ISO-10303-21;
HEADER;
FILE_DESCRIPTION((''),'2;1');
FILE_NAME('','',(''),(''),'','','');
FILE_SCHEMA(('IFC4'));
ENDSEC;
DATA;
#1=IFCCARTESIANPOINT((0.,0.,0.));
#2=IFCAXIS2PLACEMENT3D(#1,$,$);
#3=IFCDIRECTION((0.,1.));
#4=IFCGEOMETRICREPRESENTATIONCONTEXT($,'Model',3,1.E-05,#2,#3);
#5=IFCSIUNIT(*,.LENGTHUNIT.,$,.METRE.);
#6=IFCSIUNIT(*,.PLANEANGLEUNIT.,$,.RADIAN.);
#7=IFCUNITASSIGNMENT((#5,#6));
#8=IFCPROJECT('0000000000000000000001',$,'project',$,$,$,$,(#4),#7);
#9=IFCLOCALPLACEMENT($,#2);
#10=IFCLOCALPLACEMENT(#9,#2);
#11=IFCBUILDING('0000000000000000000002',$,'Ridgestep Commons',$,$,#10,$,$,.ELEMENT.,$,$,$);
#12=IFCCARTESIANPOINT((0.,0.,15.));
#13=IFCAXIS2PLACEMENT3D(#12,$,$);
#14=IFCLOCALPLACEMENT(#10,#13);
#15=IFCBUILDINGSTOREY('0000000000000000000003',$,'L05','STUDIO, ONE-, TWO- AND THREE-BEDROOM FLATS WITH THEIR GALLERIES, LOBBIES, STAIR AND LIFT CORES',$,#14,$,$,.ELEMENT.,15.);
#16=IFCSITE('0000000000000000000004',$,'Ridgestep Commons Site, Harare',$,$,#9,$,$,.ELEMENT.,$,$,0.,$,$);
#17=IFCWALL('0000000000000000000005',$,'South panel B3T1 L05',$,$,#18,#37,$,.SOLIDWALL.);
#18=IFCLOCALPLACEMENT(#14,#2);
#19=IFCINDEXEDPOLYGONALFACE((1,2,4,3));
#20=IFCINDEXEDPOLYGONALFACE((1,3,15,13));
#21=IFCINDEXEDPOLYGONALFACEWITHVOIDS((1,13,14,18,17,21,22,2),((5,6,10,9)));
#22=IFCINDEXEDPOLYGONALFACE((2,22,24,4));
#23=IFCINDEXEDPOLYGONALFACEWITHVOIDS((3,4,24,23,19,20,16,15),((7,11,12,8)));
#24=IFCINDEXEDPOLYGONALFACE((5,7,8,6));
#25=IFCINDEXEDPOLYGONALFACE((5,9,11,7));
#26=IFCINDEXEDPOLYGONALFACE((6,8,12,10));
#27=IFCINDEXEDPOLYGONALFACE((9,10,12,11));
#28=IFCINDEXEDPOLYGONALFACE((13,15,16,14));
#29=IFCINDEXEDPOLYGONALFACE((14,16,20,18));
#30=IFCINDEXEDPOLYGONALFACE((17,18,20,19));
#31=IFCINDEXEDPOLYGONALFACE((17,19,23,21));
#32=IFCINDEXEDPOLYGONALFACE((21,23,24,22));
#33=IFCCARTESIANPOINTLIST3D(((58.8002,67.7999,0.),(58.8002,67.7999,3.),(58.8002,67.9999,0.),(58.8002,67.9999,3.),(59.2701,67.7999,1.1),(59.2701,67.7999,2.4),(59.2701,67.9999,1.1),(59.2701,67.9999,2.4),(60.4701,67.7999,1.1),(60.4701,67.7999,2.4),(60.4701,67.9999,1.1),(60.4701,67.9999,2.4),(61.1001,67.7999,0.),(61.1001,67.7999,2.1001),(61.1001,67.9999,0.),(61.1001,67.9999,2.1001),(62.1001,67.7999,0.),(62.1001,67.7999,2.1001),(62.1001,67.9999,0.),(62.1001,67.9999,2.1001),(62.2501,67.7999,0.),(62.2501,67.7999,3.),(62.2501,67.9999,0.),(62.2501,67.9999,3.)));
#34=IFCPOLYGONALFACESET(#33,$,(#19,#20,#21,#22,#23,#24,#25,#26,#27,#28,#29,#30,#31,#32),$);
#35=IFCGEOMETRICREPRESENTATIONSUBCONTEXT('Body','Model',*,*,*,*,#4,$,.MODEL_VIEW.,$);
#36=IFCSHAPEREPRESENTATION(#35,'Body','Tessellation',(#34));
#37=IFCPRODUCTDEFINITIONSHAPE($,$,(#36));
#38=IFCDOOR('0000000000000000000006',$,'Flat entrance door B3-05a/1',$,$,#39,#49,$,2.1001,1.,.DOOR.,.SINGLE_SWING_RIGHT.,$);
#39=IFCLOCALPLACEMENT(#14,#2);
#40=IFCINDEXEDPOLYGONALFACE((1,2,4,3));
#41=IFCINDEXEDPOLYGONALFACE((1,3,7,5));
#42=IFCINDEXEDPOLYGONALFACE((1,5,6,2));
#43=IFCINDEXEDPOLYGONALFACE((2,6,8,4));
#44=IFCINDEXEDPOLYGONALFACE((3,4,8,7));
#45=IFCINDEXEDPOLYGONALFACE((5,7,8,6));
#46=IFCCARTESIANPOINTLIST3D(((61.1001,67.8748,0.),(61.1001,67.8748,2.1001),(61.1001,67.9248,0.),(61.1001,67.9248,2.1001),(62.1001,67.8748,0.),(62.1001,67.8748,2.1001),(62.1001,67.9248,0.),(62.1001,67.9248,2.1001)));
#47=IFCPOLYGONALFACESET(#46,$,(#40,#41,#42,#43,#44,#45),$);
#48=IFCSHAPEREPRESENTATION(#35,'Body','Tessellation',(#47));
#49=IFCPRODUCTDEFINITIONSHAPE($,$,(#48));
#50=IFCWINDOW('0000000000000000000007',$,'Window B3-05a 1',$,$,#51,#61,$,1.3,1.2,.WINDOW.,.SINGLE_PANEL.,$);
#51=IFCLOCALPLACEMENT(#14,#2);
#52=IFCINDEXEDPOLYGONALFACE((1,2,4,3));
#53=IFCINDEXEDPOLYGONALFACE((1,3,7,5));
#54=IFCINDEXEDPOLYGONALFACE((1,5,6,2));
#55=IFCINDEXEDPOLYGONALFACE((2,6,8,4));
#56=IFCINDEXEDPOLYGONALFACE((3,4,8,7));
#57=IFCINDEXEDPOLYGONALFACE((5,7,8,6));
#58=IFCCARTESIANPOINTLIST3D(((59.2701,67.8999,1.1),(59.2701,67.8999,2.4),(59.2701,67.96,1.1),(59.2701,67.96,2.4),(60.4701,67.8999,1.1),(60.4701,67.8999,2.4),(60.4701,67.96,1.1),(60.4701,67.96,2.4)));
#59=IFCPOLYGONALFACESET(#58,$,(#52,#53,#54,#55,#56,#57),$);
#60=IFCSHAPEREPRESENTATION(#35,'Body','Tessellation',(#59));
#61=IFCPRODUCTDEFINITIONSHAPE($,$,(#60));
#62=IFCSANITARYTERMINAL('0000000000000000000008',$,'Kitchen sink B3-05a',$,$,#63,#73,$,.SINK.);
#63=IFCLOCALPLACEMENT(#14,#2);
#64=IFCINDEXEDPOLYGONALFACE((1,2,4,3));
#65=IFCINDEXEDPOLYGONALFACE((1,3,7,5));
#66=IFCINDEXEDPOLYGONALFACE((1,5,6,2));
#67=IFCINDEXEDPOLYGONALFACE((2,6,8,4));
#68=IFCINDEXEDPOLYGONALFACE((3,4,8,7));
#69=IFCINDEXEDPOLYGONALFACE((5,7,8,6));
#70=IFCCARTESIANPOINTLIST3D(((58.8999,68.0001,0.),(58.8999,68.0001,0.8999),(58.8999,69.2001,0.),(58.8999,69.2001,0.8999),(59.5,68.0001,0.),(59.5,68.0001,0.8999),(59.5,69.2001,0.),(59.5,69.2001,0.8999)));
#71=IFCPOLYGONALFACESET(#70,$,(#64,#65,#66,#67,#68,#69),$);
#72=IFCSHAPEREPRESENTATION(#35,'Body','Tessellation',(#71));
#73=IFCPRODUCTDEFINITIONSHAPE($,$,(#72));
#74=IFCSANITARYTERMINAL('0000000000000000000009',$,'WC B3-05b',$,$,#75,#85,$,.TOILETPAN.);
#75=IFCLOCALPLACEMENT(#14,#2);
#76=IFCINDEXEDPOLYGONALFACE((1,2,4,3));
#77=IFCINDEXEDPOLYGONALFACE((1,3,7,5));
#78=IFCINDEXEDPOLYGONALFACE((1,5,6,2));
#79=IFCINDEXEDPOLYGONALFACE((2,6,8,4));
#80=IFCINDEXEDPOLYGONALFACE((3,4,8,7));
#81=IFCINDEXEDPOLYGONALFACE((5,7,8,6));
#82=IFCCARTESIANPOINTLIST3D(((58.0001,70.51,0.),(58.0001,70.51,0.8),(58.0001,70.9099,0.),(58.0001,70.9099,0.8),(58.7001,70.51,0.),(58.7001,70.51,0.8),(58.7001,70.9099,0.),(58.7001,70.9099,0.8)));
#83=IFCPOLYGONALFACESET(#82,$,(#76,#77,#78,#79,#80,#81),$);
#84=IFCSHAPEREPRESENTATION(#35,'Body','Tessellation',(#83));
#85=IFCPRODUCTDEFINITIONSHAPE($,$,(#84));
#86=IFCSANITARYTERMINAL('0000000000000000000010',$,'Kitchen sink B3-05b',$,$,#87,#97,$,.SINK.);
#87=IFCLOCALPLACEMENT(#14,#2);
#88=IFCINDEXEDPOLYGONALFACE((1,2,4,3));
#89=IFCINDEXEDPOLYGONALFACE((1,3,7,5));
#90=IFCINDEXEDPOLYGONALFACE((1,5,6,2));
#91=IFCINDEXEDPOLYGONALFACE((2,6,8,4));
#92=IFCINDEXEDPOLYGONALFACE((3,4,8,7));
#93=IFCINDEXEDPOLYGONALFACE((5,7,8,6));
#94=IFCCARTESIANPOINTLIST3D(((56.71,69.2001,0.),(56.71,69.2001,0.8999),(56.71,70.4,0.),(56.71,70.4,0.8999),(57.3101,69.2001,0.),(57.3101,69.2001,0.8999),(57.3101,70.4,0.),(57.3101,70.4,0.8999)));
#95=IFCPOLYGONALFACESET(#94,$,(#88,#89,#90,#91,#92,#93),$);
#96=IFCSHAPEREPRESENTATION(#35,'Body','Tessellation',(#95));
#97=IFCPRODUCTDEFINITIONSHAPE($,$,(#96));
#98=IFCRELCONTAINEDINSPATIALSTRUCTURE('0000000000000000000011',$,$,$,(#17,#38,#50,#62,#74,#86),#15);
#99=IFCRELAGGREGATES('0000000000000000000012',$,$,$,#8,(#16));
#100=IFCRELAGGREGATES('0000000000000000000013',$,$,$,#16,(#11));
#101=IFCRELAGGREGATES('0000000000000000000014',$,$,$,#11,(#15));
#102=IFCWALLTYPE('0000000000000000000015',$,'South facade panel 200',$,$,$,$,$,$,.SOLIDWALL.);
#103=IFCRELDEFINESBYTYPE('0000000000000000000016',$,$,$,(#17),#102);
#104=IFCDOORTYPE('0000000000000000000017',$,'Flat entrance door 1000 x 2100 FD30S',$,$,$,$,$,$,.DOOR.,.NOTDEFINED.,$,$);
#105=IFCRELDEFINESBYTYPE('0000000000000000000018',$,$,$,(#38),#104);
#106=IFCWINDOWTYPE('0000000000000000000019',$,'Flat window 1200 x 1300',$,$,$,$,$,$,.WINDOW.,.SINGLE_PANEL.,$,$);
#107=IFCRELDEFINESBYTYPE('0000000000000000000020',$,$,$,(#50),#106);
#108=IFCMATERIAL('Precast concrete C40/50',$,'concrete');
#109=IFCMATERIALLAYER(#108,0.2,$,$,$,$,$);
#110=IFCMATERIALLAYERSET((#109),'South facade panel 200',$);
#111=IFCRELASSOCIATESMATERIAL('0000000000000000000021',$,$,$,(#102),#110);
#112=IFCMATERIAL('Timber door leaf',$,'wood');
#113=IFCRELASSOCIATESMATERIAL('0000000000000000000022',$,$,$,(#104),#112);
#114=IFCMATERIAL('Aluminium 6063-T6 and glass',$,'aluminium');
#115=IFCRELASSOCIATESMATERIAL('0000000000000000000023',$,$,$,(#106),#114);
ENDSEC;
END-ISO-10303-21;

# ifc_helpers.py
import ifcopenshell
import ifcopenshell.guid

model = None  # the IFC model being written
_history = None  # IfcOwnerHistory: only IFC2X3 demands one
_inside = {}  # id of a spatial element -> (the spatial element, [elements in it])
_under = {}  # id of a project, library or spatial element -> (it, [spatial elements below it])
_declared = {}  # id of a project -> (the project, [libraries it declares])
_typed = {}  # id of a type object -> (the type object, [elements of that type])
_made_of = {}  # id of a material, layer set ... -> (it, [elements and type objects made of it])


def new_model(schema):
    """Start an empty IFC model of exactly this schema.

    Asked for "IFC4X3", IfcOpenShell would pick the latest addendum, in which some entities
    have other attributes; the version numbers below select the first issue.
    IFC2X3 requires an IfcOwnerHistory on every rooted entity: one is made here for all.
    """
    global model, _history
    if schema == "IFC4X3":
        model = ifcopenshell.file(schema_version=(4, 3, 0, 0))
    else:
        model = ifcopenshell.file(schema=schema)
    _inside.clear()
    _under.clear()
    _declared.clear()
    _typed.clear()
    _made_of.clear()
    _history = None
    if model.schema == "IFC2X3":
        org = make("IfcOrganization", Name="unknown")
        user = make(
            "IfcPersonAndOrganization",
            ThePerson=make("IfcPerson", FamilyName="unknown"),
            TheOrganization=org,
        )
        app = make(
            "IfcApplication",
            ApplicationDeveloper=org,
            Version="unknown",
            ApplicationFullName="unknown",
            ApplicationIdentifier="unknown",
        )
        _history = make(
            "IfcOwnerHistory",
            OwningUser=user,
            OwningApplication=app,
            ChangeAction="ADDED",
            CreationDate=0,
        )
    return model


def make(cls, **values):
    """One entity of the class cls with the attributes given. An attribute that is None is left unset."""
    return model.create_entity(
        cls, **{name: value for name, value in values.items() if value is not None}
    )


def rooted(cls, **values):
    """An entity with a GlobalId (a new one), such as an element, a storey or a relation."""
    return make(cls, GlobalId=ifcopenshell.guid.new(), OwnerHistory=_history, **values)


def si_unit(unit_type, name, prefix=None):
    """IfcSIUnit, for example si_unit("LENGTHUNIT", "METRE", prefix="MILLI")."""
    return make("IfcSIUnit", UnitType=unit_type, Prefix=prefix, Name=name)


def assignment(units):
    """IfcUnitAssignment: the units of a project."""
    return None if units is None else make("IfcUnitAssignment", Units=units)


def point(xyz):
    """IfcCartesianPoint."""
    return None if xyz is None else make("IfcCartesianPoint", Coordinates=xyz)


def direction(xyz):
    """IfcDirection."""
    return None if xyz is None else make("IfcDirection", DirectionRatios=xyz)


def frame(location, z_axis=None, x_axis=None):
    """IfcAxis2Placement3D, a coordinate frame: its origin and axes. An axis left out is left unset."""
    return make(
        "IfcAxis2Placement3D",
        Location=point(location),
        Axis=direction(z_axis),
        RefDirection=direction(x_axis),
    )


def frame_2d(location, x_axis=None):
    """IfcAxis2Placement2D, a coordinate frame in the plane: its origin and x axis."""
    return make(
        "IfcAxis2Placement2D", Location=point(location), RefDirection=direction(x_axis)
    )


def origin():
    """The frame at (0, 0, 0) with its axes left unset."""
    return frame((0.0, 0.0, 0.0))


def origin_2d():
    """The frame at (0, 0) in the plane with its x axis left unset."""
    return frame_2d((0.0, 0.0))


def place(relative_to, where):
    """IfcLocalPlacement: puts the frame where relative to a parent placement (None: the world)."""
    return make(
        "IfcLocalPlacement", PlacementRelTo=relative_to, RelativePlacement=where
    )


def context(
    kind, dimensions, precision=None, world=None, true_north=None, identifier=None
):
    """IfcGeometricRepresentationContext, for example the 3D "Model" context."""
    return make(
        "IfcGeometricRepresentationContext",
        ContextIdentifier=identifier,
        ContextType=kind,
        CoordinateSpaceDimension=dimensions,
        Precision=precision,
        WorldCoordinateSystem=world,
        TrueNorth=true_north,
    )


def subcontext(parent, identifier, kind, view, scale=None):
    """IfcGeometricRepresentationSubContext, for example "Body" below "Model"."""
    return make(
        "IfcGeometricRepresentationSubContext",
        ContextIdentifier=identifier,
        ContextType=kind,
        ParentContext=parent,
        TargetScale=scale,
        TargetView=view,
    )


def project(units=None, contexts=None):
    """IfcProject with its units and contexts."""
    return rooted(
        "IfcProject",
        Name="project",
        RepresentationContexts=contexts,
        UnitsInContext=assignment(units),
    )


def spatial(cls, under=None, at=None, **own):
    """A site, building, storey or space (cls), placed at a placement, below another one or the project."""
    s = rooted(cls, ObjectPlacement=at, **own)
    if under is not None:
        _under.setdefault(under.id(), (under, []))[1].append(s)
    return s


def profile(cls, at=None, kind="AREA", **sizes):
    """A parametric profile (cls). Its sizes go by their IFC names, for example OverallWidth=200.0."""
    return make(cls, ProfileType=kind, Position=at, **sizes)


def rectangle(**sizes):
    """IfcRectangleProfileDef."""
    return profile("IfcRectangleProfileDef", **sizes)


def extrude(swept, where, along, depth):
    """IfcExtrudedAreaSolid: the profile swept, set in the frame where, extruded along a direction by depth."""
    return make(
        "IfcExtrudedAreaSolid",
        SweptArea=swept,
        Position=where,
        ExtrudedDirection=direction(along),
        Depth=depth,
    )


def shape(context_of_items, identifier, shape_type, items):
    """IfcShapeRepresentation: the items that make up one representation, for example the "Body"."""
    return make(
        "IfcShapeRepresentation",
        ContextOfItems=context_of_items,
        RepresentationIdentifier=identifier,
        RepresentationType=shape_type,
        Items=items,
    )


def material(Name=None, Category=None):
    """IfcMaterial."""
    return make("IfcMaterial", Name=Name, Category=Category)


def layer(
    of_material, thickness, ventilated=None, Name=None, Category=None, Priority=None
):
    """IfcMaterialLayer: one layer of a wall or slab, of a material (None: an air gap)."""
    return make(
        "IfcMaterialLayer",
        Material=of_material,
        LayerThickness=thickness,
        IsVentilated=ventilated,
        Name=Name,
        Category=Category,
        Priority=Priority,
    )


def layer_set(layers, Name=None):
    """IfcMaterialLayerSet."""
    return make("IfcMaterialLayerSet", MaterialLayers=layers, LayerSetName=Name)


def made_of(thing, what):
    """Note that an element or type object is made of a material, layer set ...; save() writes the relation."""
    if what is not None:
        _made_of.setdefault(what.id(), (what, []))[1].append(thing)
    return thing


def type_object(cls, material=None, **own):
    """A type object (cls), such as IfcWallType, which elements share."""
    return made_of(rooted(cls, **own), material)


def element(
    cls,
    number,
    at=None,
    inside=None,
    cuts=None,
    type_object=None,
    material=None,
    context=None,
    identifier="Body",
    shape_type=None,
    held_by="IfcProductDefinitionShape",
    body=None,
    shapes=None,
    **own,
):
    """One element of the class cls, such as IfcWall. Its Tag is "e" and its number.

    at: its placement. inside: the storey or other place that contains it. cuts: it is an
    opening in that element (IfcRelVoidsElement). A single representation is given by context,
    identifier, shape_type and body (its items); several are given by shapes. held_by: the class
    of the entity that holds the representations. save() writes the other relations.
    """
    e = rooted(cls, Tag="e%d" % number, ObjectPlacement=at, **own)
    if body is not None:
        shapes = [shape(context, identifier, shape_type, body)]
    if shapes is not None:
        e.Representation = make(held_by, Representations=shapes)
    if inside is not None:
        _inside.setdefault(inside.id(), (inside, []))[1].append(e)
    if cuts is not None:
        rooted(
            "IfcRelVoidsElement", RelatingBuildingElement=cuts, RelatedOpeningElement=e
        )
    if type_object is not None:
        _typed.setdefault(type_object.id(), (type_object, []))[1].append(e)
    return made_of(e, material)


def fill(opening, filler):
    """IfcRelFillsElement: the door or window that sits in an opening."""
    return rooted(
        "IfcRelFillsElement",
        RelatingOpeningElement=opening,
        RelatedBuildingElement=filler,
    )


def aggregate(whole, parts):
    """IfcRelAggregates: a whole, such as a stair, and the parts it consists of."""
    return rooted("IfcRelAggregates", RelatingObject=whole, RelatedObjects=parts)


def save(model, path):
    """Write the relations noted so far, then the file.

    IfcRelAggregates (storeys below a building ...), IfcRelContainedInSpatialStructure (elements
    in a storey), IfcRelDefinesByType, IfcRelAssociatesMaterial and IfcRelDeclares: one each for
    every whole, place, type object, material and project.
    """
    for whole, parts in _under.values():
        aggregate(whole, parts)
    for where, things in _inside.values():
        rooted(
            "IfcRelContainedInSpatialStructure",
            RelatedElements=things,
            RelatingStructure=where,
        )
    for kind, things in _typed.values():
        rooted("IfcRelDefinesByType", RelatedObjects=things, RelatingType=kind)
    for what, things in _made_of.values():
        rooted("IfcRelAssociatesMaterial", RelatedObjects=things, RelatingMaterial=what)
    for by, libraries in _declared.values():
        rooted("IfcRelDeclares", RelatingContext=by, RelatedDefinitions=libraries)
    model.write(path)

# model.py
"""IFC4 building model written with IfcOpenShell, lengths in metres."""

from ifc_helpers import new_model, si_unit, direction, frame, frame_2d, origin, origin_2d, place, context, subcontext, project, spatial, rectangle, extrude, material, layer, layer_set, type_object, element, fill, save


model = new_model("IFC4")

# Units and contexts
model_context = context("Model", 3, precision=1e-05, world=origin(), true_north=direction((0.0, 1.0)))
body_context = subcontext(model_context, "Body", "Model", "MODEL_VIEW")
ifc_project = project(units=[si_unit("LENGTHUNIT", "METRE"), si_unit("PLANEANGLEUNIT", "RADIAN")], contexts=[model_context])

# Site, building, storey
site_placement = place(None, origin())
site = spatial("IfcSite", under=ifc_project, at=site_placement, Name="Ridgestep Commons Site, Harare", CompositionType="ELEMENT", RefElevation=0.0)
building_placement = place(site_placement, origin())
building = spatial("IfcBuilding", under=site, at=building_placement, Name="Ridgestep Commons", CompositionType="ELEMENT")
storey_placement = place(building_placement, frame((0.0, 0.0, 15.0)))
storey = spatial("IfcBuildingStorey", under=building, at=storey_placement, Name="L05", Description="STUDIO, ONE-, TWO- AND THREE-BEDROOM FLATS WITH THEIR GALLERIES, LOBBIES, STAIR AND LIFT CORES", CompositionType="ELEMENT", Elevation=15.0)

# Shared definitions
ifc_material_1 = material(Name="Precast concrete C40/50", Category="concrete")
ifc_layer_1 = layer(ifc_material_1, 0.2)
ifc_layer_set_1 = layer_set([ifc_layer_1], Name="South facade panel 200")
wall_type_1 = type_object("IfcWallType", Name="South facade panel 200", PredefinedType="SOLIDWALL", material=ifc_layer_set_1)

# Wall, openings, door, window
ifc_material_2 = material(Name="Timber door leaf", Category="wood")
door_type_1 = type_object("IfcDoorType", Name="Flat entrance door 1000 x 2100 FD30S", OperationType="NOTDEFINED", PredefinedType="DOOR", material=ifc_material_2)
ifc_material_3 = material(Name="Aluminium 6063-T6 and glass", Category="aluminium")
window_type_1 = type_object("IfcWindowType", Name="Flat window 1200 x 1300", PartitioningType="SINGLE_PANEL", PredefinedType="WINDOW", material=ifc_material_3)
wall_1_placement = place(storey_placement, frame((58.8, 67.8999, 0.0), z_axis=(0.0, 0.0, 1.0), x_axis=(1.0, 0.0, 0.0)))
wall_1 = element("IfcWall", 1, at=wall_1_placement, inside=storey, type_object=wall_type_1, Name="South panel B3T1 L05", PredefinedType="SOLIDWALL", context=body_context, shape_type="SweptSolid", body=[
    extrude(rectangle(XDim=3.45, YDim=0.2, at=frame_2d((1.7251, 0.0))), origin(), (0.0, 0.0, 1.0), 3.0),
])
opening_1_placement = place(wall_1_placement, frame((0.47, 0.0, 1.1001)))
opening_1 = element("IfcOpeningElement", 2, at=opening_1_placement, cuts=wall_1, PredefinedType="OPENING", context=body_context, shape_type="SweptSolid", body=[
    extrude(rectangle(XDim=1.2, YDim=1.3, at=frame_2d((0.6001, 0.6499))), frame((0.0, 0.1099, 0.0), z_axis=(0.0, -1.0, 0.0), x_axis=(1.0, 0.0, 0.0)), (0.0, 0.0, 1.0), 0.22),
])
opening_2_placement = place(wall_1_placement, frame((2.3, 0.0, 0.0)))
opening_2 = element("IfcOpeningElement", 3, at=opening_2_placement, cuts=wall_1, PredefinedType="OPENING", context=body_context, shape_type="SweptSolid", body=[
    extrude(rectangle(XDim=1.0, YDim=2.1001, at=frame_2d((0.5, 1.05))), frame((0.0, 0.1099, 0.0), z_axis=(0.0, -1.0, 0.0), x_axis=(1.0, 0.0, 0.0)), (0.0, 0.0, 1.0), 0.22),
])
door_1_placement = place(opening_2_placement, origin())
door_1 = element("IfcDoor", 4, at=door_1_placement, inside=storey, type_object=door_type_1, Name="Flat entrance door B3-05a/1", OperationType="SINGLE_SWING_RIGHT", OverallHeight=2.1001, OverallWidth=1.0, PredefinedType="DOOR", context=body_context, shape_type="SweptSolid", body=[
    extrude(rectangle(XDim=1.0, YDim=2.1001, at=frame_2d((0.5, 1.05))), frame((0.0, 0.0249, 0.0), z_axis=(0.0, -1.0, 0.0), x_axis=(1.0, 0.0, 0.0)), (0.0, 0.0, 1.0), 0.05),
])
fill(opening_2, door_1)
window_1_placement = place(opening_1_placement, origin())
window_1 = element("IfcWindow", 5, at=window_1_placement, inside=storey, type_object=window_type_1, Name="Window B3-05a 1", OverallHeight=1.3, OverallWidth=1.2, PartitioningType="SINGLE_PANEL", PredefinedType="WINDOW", context=body_context, shape_type="SweptSolid", body=[
    extrude(rectangle(XDim=1.2, YDim=1.3, at=frame_2d((0.6001, 0.6499))), frame((0.0, 0.0601, 0.0), z_axis=(0.0, -1.0, 0.0), x_axis=(1.0, 0.0, 0.0)), (0.0, 0.0, 1.0), 0.0601),
])
fill(opening_1, window_1)

# Sanitary terminals
sanitary_terminal_1_placement = place(storey_placement, frame((59.2, 68.6001, 0.0), z_axis=(0.0, 0.0, 1.0), x_axis=(1.0, 0.0, 0.0)))
element("IfcSanitaryTerminal", 6, at=sanitary_terminal_1_placement, inside=storey, Name="Kitchen sink B3-05a", PredefinedType="SINK", context=body_context, shape_type="SweptSolid", body=[
    extrude(rectangle(XDim=0.6001, YDim=1.2, at=origin_2d()), origin(), (0.0, 0.0, 1.0), 0.8999),
])
sanitary_terminal_2_placement = place(storey_placement, frame((58.3501, 70.71, 0.0), z_axis=(0.0, 0.0, 1.0), x_axis=(1.0, 0.0, 0.0)))
element("IfcSanitaryTerminal", 7, at=sanitary_terminal_2_placement, inside=storey, Name="WC B3-05b", PredefinedType="TOILETPAN", context=body_context, shape_type="SweptSolid", body=[
    extrude(rectangle(XDim=0.7, YDim=0.3999, at=origin_2d()), origin(), (0.0, 0.0, 1.0), 0.8),
])
sanitary_terminal_3_placement = place(storey_placement, frame((57.01, 69.8, 0.0), z_axis=(0.0, 0.0, 1.0), x_axis=(1.0, 0.0, 0.0)))
element("IfcSanitaryTerminal", 8, at=sanitary_terminal_3_placement, inside=storey, Name="Kitchen sink B3-05b", PredefinedType="SINK", context=body_context, shape_type="SweptSolid", body=[
    extrude(rectangle(XDim=0.6001, YDim=1.2, at=origin_2d()), origin(), (0.0, 0.0, 1.0), 0.8999),
])

save(model, "model.ifc")
